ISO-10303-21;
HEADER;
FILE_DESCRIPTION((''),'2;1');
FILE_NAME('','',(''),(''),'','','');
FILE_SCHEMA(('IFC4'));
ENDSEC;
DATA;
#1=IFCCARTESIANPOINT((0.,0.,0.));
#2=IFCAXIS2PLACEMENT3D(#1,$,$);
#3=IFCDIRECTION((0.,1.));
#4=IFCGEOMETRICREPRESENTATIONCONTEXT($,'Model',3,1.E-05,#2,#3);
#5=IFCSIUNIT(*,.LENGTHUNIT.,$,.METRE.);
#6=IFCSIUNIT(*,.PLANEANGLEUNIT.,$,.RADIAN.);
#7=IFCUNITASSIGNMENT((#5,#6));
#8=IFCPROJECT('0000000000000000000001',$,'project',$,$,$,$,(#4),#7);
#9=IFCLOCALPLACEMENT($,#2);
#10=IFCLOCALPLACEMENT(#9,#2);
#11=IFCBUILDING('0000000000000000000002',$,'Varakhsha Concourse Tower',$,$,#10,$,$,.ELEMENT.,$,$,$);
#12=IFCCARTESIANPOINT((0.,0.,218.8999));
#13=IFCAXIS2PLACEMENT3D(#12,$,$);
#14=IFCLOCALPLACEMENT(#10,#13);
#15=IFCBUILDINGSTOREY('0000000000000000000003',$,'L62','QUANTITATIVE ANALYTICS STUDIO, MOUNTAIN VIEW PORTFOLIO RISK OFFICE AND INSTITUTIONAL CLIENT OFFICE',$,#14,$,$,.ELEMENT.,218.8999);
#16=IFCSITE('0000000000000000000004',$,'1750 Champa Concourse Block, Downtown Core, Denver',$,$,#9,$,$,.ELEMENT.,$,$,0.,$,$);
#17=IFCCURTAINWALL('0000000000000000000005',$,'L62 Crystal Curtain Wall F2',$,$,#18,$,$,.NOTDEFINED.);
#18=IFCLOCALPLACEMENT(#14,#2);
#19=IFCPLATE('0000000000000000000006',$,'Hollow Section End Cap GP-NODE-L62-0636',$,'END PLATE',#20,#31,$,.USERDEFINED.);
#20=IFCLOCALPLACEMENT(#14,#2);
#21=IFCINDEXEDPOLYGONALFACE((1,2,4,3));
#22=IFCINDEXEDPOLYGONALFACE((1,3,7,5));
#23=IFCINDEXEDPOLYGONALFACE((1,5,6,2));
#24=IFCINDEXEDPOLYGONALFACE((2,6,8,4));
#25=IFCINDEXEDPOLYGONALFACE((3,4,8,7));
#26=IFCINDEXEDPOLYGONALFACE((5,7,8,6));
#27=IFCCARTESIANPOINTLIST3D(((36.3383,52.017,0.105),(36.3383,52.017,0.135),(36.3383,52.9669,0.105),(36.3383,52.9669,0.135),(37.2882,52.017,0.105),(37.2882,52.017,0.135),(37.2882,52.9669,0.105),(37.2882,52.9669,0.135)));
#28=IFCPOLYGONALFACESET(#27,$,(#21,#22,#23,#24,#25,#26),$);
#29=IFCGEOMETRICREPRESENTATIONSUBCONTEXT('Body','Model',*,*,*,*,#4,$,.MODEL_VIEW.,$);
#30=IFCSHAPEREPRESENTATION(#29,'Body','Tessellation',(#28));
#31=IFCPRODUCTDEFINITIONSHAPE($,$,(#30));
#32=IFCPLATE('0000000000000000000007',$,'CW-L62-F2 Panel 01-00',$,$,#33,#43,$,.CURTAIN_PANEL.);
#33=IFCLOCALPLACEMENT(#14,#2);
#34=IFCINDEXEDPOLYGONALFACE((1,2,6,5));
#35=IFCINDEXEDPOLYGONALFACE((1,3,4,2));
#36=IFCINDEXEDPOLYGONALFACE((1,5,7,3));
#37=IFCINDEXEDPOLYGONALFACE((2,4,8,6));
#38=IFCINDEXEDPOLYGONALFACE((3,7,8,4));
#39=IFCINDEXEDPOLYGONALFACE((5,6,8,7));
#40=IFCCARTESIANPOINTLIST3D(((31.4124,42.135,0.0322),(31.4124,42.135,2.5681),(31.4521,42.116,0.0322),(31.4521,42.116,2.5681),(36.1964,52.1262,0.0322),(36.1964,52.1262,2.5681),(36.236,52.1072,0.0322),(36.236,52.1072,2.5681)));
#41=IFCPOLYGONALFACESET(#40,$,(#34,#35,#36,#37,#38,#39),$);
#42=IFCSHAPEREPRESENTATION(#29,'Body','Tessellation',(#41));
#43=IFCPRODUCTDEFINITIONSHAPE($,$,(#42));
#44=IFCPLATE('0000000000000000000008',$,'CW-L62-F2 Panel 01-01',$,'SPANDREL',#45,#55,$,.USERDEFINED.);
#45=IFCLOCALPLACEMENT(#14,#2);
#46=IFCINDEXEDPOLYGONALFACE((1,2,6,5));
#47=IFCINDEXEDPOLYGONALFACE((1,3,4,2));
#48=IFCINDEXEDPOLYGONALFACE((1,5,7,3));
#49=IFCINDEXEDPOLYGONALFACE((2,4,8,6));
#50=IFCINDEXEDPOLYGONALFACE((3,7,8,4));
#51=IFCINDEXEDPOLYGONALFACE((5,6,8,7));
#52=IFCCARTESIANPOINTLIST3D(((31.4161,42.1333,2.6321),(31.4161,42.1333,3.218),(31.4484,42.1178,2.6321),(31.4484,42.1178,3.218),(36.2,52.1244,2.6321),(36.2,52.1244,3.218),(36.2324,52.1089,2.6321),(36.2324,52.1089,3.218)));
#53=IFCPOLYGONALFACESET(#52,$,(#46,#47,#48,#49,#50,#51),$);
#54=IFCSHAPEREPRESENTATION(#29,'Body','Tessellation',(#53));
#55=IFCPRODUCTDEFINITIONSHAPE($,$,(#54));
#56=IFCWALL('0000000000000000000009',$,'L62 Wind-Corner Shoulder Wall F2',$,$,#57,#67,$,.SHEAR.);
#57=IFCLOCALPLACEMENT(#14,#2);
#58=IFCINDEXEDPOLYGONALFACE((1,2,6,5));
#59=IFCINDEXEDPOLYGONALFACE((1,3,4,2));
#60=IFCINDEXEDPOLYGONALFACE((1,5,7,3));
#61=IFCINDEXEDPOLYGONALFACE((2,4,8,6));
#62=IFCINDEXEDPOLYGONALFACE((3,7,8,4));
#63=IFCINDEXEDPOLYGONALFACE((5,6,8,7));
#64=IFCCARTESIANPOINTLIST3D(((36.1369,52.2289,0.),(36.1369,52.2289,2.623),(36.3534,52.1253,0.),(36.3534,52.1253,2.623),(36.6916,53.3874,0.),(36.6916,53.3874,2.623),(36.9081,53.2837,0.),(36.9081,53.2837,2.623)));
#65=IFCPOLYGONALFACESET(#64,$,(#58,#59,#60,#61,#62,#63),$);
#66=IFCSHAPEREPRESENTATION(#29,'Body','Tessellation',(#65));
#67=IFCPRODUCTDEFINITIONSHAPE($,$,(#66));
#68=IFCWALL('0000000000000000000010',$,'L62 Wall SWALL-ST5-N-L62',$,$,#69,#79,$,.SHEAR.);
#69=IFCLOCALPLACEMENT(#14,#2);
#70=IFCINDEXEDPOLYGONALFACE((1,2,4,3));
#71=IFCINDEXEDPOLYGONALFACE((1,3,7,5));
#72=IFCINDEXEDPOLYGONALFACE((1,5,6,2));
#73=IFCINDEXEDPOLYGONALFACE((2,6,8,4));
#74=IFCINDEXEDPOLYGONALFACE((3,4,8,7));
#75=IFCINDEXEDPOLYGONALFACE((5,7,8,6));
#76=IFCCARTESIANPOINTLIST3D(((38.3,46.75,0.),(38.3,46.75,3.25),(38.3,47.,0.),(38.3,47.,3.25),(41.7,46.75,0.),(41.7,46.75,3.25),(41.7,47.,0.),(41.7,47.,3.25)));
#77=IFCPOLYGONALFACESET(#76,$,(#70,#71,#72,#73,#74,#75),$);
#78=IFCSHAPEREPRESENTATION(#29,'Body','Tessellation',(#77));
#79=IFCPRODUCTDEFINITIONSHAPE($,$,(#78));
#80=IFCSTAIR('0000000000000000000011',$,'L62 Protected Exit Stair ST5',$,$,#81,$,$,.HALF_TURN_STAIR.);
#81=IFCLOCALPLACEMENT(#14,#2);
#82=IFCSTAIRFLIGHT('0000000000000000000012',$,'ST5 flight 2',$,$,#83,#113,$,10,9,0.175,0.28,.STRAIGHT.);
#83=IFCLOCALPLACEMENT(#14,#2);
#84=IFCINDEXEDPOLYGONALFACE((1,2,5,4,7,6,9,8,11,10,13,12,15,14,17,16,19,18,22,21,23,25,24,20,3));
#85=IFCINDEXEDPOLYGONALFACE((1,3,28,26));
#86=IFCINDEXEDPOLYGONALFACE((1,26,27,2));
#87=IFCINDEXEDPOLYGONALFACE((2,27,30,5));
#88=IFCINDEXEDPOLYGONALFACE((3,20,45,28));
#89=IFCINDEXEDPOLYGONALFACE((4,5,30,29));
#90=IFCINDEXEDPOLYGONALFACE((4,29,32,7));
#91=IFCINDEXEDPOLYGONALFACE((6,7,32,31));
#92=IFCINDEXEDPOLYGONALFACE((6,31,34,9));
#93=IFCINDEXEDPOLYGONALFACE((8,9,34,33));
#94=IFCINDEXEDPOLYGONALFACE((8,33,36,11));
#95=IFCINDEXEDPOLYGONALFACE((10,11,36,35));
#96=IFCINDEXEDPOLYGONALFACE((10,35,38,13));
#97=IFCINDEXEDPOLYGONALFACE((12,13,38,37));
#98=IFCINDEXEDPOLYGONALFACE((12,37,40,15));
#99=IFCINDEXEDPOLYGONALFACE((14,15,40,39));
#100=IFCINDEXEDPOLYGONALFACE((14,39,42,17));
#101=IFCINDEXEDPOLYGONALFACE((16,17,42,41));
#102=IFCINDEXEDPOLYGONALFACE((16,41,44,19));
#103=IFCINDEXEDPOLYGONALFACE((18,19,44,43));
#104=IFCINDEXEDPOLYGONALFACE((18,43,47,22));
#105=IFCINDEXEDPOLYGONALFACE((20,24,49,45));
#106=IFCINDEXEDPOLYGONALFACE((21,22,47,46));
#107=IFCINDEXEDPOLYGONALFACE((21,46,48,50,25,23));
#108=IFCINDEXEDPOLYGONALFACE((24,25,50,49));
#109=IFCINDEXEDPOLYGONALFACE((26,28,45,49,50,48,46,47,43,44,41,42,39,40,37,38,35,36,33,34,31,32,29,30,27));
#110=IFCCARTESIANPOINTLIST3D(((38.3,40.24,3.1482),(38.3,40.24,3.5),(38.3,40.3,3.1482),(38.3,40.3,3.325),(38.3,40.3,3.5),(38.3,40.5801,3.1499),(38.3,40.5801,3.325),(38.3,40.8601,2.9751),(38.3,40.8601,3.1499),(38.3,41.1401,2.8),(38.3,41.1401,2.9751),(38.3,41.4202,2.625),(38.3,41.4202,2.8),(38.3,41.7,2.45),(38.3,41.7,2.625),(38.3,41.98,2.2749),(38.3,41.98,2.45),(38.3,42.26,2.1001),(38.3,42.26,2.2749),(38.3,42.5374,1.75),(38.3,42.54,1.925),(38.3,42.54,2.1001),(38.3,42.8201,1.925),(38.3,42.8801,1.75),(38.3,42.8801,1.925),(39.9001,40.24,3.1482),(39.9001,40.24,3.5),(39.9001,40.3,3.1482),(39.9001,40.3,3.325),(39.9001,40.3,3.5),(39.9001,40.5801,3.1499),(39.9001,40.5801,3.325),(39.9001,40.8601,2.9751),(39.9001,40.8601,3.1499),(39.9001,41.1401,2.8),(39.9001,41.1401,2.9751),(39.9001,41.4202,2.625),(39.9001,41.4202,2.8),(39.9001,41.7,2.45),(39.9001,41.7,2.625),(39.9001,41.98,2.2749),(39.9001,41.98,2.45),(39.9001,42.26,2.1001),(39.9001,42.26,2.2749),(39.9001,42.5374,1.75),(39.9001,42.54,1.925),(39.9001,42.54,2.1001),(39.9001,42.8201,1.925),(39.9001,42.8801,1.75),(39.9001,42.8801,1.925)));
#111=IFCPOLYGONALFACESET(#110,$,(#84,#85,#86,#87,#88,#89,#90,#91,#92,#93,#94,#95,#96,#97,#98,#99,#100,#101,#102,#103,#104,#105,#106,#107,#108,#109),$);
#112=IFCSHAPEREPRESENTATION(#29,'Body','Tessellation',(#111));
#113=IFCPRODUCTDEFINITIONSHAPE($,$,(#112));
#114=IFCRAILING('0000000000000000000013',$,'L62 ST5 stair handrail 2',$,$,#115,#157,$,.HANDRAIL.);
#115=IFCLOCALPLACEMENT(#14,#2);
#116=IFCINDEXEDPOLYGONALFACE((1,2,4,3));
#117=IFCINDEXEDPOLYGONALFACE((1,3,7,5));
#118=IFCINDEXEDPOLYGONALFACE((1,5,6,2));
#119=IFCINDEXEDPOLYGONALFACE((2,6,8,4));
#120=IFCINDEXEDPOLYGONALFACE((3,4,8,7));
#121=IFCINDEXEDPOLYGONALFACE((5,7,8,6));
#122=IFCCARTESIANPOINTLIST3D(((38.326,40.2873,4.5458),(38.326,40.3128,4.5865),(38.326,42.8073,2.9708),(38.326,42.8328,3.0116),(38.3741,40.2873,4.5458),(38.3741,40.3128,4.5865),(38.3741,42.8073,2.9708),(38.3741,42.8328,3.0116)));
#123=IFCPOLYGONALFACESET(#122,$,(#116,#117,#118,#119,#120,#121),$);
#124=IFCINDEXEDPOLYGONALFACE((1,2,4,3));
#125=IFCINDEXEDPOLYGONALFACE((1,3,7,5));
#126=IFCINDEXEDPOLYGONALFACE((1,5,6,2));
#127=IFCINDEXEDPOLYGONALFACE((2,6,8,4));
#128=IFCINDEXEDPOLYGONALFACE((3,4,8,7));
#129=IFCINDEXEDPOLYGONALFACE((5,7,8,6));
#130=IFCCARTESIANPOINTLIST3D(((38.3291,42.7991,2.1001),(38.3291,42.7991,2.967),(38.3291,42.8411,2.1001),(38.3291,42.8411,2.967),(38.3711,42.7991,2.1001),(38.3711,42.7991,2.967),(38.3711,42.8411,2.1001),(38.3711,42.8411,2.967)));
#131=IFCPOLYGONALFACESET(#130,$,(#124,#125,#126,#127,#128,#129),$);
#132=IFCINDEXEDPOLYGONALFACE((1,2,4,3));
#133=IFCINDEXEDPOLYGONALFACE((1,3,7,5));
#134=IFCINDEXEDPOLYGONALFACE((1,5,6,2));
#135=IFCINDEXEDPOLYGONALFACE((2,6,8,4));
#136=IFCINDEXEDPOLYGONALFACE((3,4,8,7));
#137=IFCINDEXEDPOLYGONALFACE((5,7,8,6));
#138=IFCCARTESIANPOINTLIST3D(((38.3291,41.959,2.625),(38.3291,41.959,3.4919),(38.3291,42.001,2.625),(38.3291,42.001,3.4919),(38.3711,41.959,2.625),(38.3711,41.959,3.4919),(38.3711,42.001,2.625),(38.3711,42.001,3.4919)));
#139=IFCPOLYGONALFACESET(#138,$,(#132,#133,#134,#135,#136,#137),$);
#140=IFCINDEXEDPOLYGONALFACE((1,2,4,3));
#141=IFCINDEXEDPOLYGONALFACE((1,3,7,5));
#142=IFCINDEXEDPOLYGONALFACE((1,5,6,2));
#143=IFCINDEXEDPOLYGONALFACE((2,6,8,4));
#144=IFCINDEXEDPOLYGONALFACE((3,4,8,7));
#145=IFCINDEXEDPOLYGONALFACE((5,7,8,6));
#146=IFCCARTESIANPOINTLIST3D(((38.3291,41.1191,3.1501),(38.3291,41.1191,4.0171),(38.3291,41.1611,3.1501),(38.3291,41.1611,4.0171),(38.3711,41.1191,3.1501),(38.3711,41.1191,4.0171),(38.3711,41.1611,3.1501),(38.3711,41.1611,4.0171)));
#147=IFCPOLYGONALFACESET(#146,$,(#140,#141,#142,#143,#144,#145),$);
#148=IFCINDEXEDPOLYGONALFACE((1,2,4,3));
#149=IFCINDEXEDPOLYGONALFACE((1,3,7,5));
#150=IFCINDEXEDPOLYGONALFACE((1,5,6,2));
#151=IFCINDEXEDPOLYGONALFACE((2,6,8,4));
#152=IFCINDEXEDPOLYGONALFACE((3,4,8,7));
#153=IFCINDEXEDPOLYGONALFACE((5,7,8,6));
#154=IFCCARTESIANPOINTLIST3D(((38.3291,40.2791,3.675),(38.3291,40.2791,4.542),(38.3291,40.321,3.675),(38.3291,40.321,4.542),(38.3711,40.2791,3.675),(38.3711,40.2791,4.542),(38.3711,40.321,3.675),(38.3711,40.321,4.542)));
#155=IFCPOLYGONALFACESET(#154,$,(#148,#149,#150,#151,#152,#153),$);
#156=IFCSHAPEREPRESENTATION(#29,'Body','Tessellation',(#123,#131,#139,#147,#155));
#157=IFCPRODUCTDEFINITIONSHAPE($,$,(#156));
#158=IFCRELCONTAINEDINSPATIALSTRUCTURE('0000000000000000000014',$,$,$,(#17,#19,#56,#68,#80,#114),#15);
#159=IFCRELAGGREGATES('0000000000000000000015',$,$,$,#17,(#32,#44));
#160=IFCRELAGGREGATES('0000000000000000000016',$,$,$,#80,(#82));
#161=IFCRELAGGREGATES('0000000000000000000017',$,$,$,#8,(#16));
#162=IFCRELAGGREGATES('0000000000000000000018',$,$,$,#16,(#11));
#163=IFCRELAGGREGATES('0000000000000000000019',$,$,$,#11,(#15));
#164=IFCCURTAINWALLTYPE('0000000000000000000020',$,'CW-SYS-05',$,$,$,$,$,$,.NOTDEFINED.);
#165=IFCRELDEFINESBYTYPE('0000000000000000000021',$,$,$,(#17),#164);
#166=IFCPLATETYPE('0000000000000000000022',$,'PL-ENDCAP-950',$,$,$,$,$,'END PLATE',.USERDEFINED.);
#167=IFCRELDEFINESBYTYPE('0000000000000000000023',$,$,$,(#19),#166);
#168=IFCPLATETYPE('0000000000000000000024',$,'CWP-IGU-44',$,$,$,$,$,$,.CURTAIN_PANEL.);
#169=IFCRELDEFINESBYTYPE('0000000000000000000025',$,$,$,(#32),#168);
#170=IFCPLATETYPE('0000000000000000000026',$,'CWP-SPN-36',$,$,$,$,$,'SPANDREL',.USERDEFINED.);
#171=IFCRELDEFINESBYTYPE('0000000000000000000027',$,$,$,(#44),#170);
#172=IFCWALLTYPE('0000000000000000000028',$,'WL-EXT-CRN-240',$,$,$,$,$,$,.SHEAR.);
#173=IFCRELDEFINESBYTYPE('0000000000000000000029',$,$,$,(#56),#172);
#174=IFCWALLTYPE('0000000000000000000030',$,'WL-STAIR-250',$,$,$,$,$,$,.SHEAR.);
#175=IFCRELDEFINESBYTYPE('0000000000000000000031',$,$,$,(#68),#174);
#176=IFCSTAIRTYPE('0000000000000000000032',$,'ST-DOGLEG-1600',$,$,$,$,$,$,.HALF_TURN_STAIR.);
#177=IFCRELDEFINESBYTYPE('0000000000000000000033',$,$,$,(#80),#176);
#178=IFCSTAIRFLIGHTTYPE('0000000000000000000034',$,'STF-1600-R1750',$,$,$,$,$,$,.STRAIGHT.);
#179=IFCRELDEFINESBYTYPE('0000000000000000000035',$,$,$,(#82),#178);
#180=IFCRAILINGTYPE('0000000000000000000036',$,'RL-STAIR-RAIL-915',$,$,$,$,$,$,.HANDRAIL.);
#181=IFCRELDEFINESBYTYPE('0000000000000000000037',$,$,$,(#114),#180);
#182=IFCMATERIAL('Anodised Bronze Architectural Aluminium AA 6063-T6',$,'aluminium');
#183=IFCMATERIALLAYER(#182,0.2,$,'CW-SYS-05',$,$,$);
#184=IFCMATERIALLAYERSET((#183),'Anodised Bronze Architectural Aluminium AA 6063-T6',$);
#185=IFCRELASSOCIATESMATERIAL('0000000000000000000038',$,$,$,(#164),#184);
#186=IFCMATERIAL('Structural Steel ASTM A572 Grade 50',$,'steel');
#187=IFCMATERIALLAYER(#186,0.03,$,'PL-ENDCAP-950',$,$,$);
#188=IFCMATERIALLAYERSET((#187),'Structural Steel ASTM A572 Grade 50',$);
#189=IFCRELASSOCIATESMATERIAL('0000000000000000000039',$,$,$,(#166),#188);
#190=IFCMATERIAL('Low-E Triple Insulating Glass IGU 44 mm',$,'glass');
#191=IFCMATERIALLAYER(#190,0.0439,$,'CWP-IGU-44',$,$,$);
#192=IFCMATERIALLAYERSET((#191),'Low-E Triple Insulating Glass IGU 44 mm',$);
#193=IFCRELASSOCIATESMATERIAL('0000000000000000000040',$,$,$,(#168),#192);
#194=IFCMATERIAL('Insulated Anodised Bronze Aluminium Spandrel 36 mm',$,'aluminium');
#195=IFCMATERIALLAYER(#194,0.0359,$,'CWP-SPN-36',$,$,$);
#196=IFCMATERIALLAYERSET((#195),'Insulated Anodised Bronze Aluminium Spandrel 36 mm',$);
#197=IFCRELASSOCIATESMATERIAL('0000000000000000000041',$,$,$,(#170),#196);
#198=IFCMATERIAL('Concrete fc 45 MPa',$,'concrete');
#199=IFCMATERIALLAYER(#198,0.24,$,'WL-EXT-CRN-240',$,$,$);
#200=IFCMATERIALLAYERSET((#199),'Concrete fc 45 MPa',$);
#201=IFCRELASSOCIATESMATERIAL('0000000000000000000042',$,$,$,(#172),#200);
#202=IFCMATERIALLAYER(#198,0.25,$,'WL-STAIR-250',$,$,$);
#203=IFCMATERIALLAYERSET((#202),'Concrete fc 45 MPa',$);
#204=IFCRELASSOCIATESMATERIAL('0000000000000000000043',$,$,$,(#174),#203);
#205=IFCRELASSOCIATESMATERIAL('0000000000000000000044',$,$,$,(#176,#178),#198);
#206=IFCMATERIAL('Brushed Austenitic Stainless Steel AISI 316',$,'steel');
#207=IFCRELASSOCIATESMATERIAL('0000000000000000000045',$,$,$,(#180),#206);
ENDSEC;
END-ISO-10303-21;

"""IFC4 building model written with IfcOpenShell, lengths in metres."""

from ifc_helpers import new_model, si_unit, direction, frame, frame_2d, origin, origin_2d, place, context, subcontext, project, spatial, polyline, rectangle, outline, extrude, source, transform, mapped, material, layer, layer_set, type_object, type_shapes, element, aggregate, save


model = new_model("IFC4")

# Units and contexts
model_context = context("Model", 3, precision=1e-05, world=origin(), true_north=direction((0.0, 1.0)))
body_context = subcontext(model_context, "Body", "Model", "MODEL_VIEW")
ifc_project = project(units=[si_unit("LENGTHUNIT", "METRE"), si_unit("PLANEANGLEUNIT", "RADIAN")], contexts=[model_context])

# Site, building, storey
site_placement = place(None, origin())
site = spatial("IfcSite", under=ifc_project, at=site_placement, Name="1750 Champa Concourse Block, Downtown Core, Denver", CompositionType="ELEMENT", RefElevation=0.0)
building_placement = place(site_placement, origin())
building = spatial("IfcBuilding", under=site, at=building_placement, Name="Varakhsha Concourse Tower", CompositionType="ELEMENT")
storey_placement = place(building_placement, frame((0.0, 0.0, 218.8999)))
storey = spatial("IfcBuildingStorey", under=building, at=storey_placement, Name="L62", Description="QUANTITATIVE ANALYTICS STUDIO, MOUNTAIN VIEW PORTFOLIO RISK OFFICE AND INSTITUTIONAL CLIENT OFFICE", CompositionType="ELEMENT", Elevation=218.8999)

# Shared definitions
ifc_material_1 = material(Name="Structural Steel ASTM A572 Grade 50", Category="steel")

# Shared definitions
ifc_material_2 = material(Name="Anodised Bronze Architectural Aluminium AA 6063-T6", Category="aluminium")
ifc_layer_1 = layer(ifc_material_2, 0.2, Name="CW-SYS-05")
ifc_layer_set_1 = layer_set([ifc_layer_1], Name="Anodised Bronze Architectural Aluminium AA 6063-T6")
curtain_wall_type = type_object("IfcCurtainWallType", Name="CW-SYS-05", PredefinedType="NOTDEFINED", material=ifc_layer_set_1)

# Curtain wall
curtain_wall_1_placement = place(storey_placement, origin())
curtain_wall_1 = element("IfcCurtainWall", 1, at=curtain_wall_1_placement, inside=storey, type_object=curtain_wall_type, Name="L62 Crystal Curtain Wall F2", PredefinedType="NOTDEFINED")

# Plates
ifc_layer_2 = layer(ifc_material_1, 0.03, Name="PL-ENDCAP-950")
ifc_layer_set_2 = layer_set([ifc_layer_2], Name="Structural Steel ASTM A572 Grade 50")
plate_type_1 = type_object("IfcPlateType", Name="PL-ENDCAP-950", ElementType="END PLATE", PredefinedType="USERDEFINED", material=ifc_layer_set_2)
shared_shape_1 = source(origin(), body_context, "Body", "SweptSolid", [
    extrude(rectangle(XDim=0.95, YDim=0.95, at=origin_2d()), origin(), (0.0, 0.0, 1.0), 0.03),
])
type_shapes(plate_type_1, [shared_shape_1])
plate_1_placement = place(storey_placement, frame((36.8132, 52.4919, 0.105), z_axis=(0.0, 0.0, 1.0), x_axis=(1.0, 0.0, 0.0)))
element("IfcPlate", 2, at=plate_1_placement, inside=storey, type_object=plate_type_1, Name="Hollow Section End Cap GP-NODE-L62-0636", ObjectType="END PLATE", PredefinedType="USERDEFINED", context=body_context, shape_type="MappedRepresentation", body=[
    mapped(shared_shape_1, transform((0.0, 0.0, 0.0), scale=1.0)),
])
ifc_material_3 = material(Name="Low-E Triple Insulating Glass IGU 44 mm", Category="glass")
ifc_layer_3 = layer(ifc_material_3, 0.0439, Name="CWP-IGU-44")
ifc_layer_set_3 = layer_set([ifc_layer_3], Name="Low-E Triple Insulating Glass IGU 44 mm")
plate_type_2 = type_object("IfcPlateType", Name="CWP-IGU-44", PredefinedType="CURTAIN_PANEL", material=ifc_layer_set_3)
shared_shape_2 = source(origin(), body_context, "Body", "SweptSolid", [
    extrude(rectangle(XDim=11.0774, YDim=0.0439, at=origin_2d()), origin(), (0.0, 0.0, 1.0), 2.5359),
])
type_shapes(plate_type_2, [shared_shape_2])
plate_2_placement = place(storey_placement, frame((33.8242, 47.1211, 0.0322), z_axis=(0.0, 0.0, 1.0), x_axis=(0.431862, 0.90194, 0.0)))
plate_2 = element("IfcPlate", 3, at=plate_2_placement, type_object=plate_type_2, Name="CW-L62-F2 Panel 01-00", PredefinedType="CURTAIN_PANEL", context=body_context, shape_type="MappedRepresentation", body=[
    mapped(shared_shape_2, transform((0.0, 0.0, 0.0), scale=1.0)),
])
ifc_material_4 = material(Name="Insulated Anodised Bronze Aluminium Spandrel 36 mm", Category="aluminium")
ifc_layer_4 = layer(ifc_material_4, 0.0359, Name="CWP-SPN-36")
ifc_layer_set_4 = layer_set([ifc_layer_4], Name="Insulated Anodised Bronze Aluminium Spandrel 36 mm")
plate_type_3 = type_object("IfcPlateType", Name="CWP-SPN-36", ElementType="SPANDREL", PredefinedType="USERDEFINED", material=ifc_layer_set_4)
shared_shape_3 = source(origin(), body_context, "Body", "SweptSolid", [
    extrude(rectangle(XDim=11.0774, YDim=0.0359, at=origin_2d()), origin(), (0.0, 0.0, 1.0), 0.5859),
])
type_shapes(plate_type_3, [shared_shape_3])
plate_3_placement = place(storey_placement, frame((33.8242, 47.1211, 2.6321), z_axis=(0.0, 0.0, 1.0), x_axis=(0.431862, 0.90194, 0.0)))
plate_3 = element("IfcPlate", 4, at=plate_3_placement, type_object=plate_type_3, Name="CW-L62-F2 Panel 01-01", ObjectType="SPANDREL", PredefinedType="USERDEFINED", context=body_context, shape_type="MappedRepresentation", body=[
    mapped(shared_shape_3, transform((0.0, 0.0, 0.0), scale=1.0)),
])
aggregate(curtain_wall_1, [plate_2, plate_3])

# Walls
ifc_material_5 = material(Name="Concrete fc 45 MPa", Category="concrete")
ifc_layer_5 = layer(ifc_material_5, 0.24, Name="WL-EXT-CRN-240")
ifc_layer_set_5 = layer_set([ifc_layer_5], Name="Concrete fc 45 MPa")
wall_type_1 = type_object("IfcWallType", Name="WL-EXT-CRN-240", PredefinedType="SHEAR", material=ifc_layer_set_5)
wall_1_placement = place(storey_placement, frame((36.7998, 53.3354, 0.0), z_axis=(0.0, 0.0, 1.0), x_axis=(-0.431866, -0.901938, 0.0)))
element("IfcWall", 5, at=wall_1_placement, inside=storey, type_object=wall_type_1, Name="L62 Wind-Corner Shoulder Wall F2", PredefinedType="SHEAR", context=body_context, shape_type="SweptSolid", body=[
    extrude(rectangle(XDim=1.2844, YDim=0.24, at=frame_2d((0.6421, 0.0))), origin(), (0.0, 0.0, 1.0), 2.623),
])
ifc_layer_6 = layer(ifc_material_5, 0.25, Name="WL-STAIR-250")
ifc_layer_set_6 = layer_set([ifc_layer_6], Name="Concrete fc 45 MPa")
wall_type_2 = type_object("IfcWallType", Name="WL-STAIR-250", PredefinedType="SHEAR", material=ifc_layer_set_6)
wall_2_placement = place(storey_placement, frame((38.3, 46.875, 0.0), z_axis=(0.0, 0.0, 1.0), x_axis=(1.0, 0.0, 0.0)))
element("IfcWall", 6, at=wall_2_placement, inside=storey, type_object=wall_type_2, Name="L62 Wall SWALL-ST5-N-L62", PredefinedType="SHEAR", context=body_context, shape_type="SweptSolid", body=[
    extrude(rectangle(XDim=3.3999, YDim=0.25, at=frame_2d((1.7, 0.0))), origin(), (0.0, 0.0, 1.0), 3.25),
])

# Stair, stair flight
stair_type = type_object("IfcStairType", Name="ST-DOGLEG-1600", PredefinedType="HALF_TURN_STAIR", material=ifc_material_5)
stair_placement = place(storey_placement, origin())
stair = element("IfcStair", 7, at=stair_placement, inside=storey, type_object=stair_type, Name="L62 Protected Exit Stair ST5", PredefinedType="HALF_TURN_STAIR")
stair_flight_type = type_object("IfcStairFlightType", Name="STF-1600-R1750", PredefinedType="STRAIGHT", material=ifc_material_5)
stair_flight_placement = place(storey_placement, frame((39.1001, 42.8201, 1.75), z_axis=(0.0, 0.0, 1.0), x_axis=(0.0, -1.0, 0.0)))
stair_flight = element("IfcStairFlight", 8, at=stair_flight_placement, type_object=stair_flight_type, Name="ST5 flight 2", NumberOfRisers=10, NumberOfTreads=9, PredefinedType="STRAIGHT", RiserHeight=0.175, TreadLength=0.28, context=body_context, shape_type="SweptSolid", body=[
    extrude(outline(polyline([(-0.0601, 0.0), (-0.0601, 0.175), (0.0, 0.175), (0.28, 0.175), (0.28, 0.3501), (0.5601, 0.3501), (0.5601, 0.5249), (0.8401, 0.5249), (0.8401, 0.7), (1.1201, 0.7), (1.1201, 0.875), (1.3999, 0.875), (1.3999, 1.05), (1.6799, 1.05), (1.6799, 1.2251), (1.96, 1.2251), (1.96, 1.3999), (2.24, 1.3999), (2.24, 1.575), (2.52, 1.575), (2.52, 1.75), (2.5801, 1.75), (2.5801, 1.3982), (2.52, 1.3982), (0.2827, 0.0), (-0.0601, 0.0)])), frame((0.0, 0.8, 0.0), z_axis=(0.0, -1.0, 0.0), x_axis=(1.0, 0.0, 0.0)), (0.0, 0.0, 1.0), 1.6001),
])
aggregate(stair, [stair_flight])

# Railing
ifc_material_6 = material(Name="Brushed Austenitic Stainless Steel AISI 316", Category="steel")
railing_type = type_object("IfcRailingType", Name="RL-STAIR-RAIL-915", PredefinedType="HANDRAIL", material=ifc_material_6)
railing_placement = place(storey_placement, frame((38.3501, 42.8201, 2.1001)))
element("IfcRailing", 9, at=railing_placement, inside=storey, type_object=railing_type, Name="L62 ST5 stair handrail 2", PredefinedType="HANDRAIL", context=body_context, shape_type="SweptSolid", body=[
    extrude(rectangle(XDim=0.0481, YDim=0.0481, at=origin_2d()), frame((0.0, 0.0, 0.8911), z_axis=(0.0, -0.848008, 0.529984), x_axis=(1.0, 0.0, 0.0)), (0.0, 0.0, 1.0), 2.9717),
    extrude(rectangle(XDim=0.042, YDim=0.042, at=origin_2d()), origin(), (0.0, 0.0, 1.0), 0.8669),
    extrude(rectangle(XDim=0.042, YDim=0.042, at=origin_2d()), frame((0.0, -0.8401, 0.5249)), (0.0, 0.0, 1.0), 0.8669),
    extrude(rectangle(XDim=0.042, YDim=0.042, at=origin_2d()), frame((0.0, -1.6799, 1.05)), (0.0, 0.0, 1.0), 0.8669),
    extrude(rectangle(XDim=0.042, YDim=0.042, at=origin_2d()), frame((0.0, -2.52, 1.575)), (0.0, 0.0, 1.0), 0.8669),
])

save(model, "model.ifc")
